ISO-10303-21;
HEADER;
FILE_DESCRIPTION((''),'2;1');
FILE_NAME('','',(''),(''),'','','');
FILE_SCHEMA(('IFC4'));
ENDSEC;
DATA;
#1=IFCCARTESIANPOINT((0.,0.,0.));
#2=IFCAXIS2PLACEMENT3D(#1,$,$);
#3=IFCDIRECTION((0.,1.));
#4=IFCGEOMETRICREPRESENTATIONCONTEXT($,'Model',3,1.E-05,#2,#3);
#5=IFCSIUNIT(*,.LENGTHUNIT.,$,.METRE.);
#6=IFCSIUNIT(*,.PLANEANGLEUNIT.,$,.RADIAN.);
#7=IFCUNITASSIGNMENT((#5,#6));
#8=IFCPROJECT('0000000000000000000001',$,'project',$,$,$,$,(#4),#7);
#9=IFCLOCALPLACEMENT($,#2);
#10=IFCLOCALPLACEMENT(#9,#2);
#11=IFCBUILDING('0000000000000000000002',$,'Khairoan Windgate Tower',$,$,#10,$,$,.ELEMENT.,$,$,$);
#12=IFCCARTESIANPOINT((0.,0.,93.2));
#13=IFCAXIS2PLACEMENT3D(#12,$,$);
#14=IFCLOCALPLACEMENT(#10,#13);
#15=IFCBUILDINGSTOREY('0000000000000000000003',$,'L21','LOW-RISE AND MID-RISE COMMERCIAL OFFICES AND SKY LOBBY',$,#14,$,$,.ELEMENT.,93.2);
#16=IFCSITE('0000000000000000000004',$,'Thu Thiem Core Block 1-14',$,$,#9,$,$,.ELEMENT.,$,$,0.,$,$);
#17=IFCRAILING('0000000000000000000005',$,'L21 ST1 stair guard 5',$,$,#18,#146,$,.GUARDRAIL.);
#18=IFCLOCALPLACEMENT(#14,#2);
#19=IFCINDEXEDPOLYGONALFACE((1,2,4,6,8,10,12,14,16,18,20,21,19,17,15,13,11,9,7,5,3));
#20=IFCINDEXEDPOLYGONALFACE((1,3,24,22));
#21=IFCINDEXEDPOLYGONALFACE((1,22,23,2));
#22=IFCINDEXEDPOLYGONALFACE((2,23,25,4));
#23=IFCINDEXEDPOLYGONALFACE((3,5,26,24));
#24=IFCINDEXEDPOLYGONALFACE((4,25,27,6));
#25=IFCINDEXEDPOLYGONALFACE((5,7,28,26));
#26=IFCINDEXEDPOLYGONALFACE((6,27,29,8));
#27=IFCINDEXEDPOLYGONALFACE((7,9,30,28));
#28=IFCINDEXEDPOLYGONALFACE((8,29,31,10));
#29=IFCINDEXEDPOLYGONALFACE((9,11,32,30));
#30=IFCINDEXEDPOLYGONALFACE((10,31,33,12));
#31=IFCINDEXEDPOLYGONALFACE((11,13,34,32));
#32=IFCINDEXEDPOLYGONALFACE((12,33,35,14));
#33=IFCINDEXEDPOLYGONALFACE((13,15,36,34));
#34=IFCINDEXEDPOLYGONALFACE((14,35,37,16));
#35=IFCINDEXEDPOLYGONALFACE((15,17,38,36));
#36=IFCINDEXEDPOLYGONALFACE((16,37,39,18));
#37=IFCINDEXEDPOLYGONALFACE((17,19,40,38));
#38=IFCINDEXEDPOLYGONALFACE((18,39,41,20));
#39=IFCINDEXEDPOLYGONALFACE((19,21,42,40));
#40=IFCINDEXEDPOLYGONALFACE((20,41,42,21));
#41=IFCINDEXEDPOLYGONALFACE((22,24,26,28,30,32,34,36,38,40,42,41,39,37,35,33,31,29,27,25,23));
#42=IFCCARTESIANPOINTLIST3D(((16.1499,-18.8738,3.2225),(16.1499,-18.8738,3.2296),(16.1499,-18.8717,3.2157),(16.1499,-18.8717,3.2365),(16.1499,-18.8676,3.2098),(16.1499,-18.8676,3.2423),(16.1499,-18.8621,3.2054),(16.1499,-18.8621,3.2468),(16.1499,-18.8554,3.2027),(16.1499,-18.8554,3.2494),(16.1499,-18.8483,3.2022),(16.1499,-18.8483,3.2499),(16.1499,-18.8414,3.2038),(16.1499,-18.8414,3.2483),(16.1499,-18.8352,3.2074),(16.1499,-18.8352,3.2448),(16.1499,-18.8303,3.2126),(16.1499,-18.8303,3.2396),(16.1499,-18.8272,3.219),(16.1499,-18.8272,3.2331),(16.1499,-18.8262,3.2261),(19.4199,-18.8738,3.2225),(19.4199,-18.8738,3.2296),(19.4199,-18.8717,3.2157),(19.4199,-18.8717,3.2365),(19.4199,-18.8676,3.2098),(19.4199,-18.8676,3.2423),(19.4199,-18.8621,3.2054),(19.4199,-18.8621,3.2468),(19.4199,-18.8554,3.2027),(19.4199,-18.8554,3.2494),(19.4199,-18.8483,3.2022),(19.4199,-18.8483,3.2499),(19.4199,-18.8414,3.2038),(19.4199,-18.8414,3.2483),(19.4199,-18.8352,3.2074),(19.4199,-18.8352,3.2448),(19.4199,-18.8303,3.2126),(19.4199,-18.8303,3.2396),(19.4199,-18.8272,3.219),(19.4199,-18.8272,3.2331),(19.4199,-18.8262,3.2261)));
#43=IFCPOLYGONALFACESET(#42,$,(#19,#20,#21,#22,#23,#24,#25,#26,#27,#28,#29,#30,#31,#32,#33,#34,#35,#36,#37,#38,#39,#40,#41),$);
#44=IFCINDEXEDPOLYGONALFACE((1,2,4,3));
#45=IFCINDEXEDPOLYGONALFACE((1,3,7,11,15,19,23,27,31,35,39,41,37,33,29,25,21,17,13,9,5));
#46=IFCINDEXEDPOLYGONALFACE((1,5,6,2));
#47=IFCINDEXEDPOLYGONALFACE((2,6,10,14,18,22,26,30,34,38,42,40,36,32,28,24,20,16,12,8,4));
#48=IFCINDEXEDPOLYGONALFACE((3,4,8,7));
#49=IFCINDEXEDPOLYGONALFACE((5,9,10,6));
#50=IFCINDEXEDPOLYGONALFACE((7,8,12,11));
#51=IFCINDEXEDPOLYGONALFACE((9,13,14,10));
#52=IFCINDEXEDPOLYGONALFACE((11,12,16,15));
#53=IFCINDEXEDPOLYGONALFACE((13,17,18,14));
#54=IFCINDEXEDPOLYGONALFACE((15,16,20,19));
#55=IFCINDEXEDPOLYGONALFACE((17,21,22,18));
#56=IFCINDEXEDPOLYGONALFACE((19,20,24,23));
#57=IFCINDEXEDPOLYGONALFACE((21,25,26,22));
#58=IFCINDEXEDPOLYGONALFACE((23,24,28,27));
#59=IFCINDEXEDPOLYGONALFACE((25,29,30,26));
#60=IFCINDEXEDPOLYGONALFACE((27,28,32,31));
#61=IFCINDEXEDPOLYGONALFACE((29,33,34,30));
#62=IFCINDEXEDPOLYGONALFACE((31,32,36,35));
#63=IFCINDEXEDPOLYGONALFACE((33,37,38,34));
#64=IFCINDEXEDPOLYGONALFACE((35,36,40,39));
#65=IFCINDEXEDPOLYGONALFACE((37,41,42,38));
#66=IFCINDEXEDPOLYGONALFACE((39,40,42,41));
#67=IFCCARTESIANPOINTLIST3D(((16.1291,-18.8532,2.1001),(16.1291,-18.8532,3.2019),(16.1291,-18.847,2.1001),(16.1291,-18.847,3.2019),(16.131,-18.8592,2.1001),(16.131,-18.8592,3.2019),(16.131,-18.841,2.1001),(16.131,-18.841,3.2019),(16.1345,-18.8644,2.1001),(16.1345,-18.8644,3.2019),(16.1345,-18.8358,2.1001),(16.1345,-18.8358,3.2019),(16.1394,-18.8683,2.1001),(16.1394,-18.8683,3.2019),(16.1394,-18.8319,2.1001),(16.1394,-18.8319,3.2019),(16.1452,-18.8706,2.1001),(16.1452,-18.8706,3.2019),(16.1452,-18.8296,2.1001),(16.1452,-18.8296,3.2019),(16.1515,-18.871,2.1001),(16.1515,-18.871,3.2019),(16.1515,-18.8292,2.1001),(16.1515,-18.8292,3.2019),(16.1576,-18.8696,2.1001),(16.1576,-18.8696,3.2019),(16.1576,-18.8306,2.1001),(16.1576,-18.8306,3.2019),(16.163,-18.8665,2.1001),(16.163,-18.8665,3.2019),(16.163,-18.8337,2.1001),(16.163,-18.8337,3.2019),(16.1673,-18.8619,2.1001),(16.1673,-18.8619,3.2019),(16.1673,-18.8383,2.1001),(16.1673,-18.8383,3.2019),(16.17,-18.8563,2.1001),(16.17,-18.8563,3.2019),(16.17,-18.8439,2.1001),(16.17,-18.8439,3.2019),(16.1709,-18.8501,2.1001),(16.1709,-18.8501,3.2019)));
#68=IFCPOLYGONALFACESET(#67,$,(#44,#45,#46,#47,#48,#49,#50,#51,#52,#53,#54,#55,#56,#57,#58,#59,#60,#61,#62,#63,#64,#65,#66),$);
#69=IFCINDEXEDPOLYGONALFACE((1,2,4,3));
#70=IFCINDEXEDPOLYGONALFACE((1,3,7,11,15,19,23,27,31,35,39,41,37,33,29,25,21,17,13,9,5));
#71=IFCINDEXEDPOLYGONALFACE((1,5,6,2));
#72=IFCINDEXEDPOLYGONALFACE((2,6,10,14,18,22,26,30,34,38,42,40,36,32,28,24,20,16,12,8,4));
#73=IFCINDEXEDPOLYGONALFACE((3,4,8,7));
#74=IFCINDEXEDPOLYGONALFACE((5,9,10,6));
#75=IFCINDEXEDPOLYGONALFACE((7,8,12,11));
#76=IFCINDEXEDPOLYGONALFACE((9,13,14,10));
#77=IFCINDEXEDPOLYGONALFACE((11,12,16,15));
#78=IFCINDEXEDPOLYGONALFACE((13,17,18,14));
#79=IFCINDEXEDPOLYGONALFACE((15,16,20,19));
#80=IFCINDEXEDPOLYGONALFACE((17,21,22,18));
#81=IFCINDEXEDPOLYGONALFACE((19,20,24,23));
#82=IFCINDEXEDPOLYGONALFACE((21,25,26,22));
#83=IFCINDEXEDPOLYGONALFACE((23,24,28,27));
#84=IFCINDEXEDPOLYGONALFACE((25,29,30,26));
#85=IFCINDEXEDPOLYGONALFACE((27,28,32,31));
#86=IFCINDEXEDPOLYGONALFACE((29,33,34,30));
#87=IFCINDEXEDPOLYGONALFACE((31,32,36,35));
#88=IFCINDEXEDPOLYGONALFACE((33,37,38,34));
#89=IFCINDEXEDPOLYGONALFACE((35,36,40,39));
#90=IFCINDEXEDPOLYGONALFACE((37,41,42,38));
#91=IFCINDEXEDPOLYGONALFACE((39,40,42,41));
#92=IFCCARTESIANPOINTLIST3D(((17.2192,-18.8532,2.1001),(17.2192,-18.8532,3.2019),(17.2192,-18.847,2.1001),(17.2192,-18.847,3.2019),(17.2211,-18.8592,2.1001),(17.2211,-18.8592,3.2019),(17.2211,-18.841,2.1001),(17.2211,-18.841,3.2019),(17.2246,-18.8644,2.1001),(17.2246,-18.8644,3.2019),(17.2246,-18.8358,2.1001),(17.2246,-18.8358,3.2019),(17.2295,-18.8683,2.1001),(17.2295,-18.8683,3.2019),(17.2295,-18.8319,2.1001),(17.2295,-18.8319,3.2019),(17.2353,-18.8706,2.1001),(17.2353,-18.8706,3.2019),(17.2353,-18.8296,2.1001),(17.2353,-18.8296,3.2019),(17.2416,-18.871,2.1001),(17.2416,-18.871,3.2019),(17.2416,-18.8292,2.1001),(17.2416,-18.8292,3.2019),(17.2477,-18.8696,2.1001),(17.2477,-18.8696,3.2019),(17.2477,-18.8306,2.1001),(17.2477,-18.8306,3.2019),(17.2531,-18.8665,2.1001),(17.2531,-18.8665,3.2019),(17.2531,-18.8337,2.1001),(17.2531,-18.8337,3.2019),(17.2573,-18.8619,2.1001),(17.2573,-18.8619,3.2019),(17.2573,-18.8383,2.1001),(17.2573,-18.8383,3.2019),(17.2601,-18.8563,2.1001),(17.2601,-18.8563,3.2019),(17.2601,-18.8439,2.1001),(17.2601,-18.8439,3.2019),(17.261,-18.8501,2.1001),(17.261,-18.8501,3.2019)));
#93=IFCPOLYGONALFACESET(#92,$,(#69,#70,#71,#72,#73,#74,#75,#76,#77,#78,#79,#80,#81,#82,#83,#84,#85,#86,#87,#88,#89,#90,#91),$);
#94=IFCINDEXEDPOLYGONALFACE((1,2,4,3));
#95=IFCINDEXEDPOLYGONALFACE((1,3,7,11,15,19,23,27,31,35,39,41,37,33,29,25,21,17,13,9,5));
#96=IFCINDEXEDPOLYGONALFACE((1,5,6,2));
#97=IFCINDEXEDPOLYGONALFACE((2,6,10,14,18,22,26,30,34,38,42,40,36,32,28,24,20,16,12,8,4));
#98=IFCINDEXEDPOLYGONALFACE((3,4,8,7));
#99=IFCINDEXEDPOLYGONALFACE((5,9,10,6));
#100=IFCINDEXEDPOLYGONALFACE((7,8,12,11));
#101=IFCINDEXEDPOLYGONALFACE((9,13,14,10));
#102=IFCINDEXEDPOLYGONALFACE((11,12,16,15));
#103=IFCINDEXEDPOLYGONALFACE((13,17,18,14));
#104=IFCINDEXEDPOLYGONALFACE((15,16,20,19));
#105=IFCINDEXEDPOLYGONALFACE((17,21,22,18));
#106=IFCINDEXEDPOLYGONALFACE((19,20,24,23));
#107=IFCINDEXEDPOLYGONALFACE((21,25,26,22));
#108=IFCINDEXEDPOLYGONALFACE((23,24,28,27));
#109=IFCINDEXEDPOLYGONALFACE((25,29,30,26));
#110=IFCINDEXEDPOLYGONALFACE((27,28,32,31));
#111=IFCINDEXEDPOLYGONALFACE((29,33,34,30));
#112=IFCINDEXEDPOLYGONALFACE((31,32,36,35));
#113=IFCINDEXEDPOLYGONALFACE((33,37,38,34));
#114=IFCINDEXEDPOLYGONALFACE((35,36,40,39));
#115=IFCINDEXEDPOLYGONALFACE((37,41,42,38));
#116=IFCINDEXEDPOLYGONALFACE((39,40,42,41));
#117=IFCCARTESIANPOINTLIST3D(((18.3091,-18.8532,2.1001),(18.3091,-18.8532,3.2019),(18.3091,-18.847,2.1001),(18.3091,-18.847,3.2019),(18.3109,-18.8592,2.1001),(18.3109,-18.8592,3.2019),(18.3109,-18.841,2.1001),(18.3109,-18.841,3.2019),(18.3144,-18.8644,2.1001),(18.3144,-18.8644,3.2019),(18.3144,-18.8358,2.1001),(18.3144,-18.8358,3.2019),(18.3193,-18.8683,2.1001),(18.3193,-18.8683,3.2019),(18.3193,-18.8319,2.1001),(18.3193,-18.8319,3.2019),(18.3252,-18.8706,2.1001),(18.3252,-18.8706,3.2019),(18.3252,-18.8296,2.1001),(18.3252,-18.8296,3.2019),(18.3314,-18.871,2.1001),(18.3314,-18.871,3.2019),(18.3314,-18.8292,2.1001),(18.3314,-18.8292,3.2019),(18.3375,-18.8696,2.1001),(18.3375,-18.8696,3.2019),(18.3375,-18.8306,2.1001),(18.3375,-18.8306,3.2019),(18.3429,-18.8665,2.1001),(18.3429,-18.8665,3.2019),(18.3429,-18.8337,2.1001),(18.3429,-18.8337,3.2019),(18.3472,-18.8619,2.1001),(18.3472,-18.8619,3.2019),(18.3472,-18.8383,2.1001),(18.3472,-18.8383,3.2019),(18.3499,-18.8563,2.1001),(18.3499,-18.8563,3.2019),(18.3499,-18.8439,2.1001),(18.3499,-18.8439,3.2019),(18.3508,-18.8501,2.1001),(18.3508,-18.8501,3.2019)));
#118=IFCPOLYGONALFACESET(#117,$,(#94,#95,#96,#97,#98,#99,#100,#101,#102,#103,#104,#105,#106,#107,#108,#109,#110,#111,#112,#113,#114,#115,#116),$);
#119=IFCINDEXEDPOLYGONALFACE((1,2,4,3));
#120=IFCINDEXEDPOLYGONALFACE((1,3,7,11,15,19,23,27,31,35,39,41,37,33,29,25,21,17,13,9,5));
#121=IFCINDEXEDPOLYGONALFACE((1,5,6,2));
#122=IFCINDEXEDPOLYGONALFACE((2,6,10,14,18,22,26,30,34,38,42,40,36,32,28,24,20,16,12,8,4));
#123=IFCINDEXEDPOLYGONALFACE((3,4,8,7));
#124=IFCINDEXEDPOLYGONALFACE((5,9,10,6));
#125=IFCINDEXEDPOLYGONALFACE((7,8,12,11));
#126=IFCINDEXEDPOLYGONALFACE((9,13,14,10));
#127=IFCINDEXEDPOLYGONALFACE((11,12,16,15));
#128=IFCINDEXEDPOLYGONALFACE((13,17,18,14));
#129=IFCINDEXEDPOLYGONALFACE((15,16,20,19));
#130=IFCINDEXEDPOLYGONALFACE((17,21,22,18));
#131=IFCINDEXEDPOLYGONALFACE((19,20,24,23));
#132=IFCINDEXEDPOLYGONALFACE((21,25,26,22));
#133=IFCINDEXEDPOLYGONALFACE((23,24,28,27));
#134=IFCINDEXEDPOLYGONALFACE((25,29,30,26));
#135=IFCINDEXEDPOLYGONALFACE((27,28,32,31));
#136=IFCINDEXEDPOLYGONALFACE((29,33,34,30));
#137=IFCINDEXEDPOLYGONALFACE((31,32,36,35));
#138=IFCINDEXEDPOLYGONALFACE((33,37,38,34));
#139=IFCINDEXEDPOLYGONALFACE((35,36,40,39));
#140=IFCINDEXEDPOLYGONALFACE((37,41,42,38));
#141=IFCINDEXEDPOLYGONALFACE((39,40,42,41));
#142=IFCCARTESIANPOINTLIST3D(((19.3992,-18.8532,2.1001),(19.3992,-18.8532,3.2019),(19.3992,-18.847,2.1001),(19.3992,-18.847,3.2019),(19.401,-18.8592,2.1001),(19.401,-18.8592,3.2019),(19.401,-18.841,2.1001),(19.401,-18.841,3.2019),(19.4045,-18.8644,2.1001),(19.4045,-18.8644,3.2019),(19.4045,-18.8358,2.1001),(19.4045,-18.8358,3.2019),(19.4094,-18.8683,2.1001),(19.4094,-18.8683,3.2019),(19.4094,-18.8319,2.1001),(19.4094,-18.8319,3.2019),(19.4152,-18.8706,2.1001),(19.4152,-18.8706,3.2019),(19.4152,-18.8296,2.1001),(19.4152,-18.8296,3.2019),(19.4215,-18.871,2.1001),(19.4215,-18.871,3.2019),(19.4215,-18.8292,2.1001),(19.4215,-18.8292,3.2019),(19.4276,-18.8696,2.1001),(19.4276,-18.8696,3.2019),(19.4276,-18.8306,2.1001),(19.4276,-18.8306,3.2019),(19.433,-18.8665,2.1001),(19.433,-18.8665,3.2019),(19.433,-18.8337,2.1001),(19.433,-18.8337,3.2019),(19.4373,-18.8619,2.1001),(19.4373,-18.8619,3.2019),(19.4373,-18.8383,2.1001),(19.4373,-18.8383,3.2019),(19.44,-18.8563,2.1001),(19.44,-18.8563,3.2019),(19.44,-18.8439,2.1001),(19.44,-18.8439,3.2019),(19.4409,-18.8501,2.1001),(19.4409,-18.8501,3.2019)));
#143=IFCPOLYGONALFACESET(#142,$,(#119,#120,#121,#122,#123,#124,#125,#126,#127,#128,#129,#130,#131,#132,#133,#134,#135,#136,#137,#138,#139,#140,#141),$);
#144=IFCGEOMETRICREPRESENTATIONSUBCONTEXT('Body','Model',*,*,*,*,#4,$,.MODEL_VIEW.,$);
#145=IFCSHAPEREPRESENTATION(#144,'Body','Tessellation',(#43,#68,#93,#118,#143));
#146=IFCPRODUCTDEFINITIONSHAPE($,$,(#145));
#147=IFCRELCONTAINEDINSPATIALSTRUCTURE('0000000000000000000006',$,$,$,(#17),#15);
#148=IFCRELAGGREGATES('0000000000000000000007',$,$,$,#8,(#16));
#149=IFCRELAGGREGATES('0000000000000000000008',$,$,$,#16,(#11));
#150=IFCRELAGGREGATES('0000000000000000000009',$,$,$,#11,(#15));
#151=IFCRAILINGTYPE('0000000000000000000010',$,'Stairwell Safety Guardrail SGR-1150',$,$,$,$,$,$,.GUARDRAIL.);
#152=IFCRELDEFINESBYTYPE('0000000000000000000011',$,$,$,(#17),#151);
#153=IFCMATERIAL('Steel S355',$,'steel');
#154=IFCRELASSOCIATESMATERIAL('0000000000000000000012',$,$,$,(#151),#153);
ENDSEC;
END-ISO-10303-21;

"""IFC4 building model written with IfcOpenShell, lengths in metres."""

from ifc_helpers import new_model, si_unit, direction, frame, origin, origin_2d, place, context, subcontext, project, spatial, circle, extrude, material, type_object, element, save


model = new_model("IFC4")

# Units and contexts
model_context = context("Model", 3, precision=1e-05, world=origin(), true_north=direction((0.0, 1.0)))
body_context = subcontext(model_context, "Body", "Model", "MODEL_VIEW")
ifc_project = project(units=[si_unit("LENGTHUNIT", "METRE"), si_unit("PLANEANGLEUNIT", "RADIAN")], contexts=[model_context])

# Site, building, storey
site_placement = place(None, origin())
site = spatial("IfcSite", under=ifc_project, at=site_placement, Name="Thu Thiem Core Block 1-14", CompositionType="ELEMENT", RefElevation=0.0)
building_placement = place(site_placement, origin())
building = spatial("IfcBuilding", under=site, at=building_placement, Name="Khairoan Windgate Tower", CompositionType="ELEMENT")
storey_placement = place(building_placement, frame((0.0, 0.0, 93.2)))
storey = spatial("IfcBuildingStorey", under=building, at=storey_placement, Name="L21", Description="LOW-RISE AND MID-RISE COMMERCIAL OFFICES AND SKY LOBBY", CompositionType="ELEMENT", Elevation=93.2)

# Railing
ifc_material_1 = material(Name="Steel S355", Category="steel")
railing_type = type_object("IfcRailingType", Name="Stairwell Safety Guardrail SGR-1150", PredefinedType="GUARDRAIL", material=ifc_material_1)
railing_1_placement = place(storey_placement, frame((16.1499, -18.8501, 2.1001)))
element("IfcRailing", 1, at=railing_1_placement, inside=storey, type_object=railing_type, Name="L21 ST1 stair guard 5", PredefinedType="GUARDRAIL", context=body_context, shape_type="SweptSolid", body=[
    extrude(circle(Radius=0.0239, at=origin_2d()), frame((0.0, 0.0, 1.126), z_axis=(1.0, 0.0, 0.0), x_axis=(0.0, 1.0, 0.0)), (0.0, 0.0, 1.0), 3.27),
    extrude(circle(Radius=0.021, at=origin_2d()), origin(), (0.0, 0.0, 1.0), 1.1018),
    extrude(circle(Radius=0.021, at=origin_2d()), frame((1.0901, 0.0, 0.0)), (0.0, 0.0, 1.0), 1.1018),
    extrude(circle(Radius=0.021, at=origin_2d()), frame((2.1799, 0.0, 0.0)), (0.0, 0.0, 1.0), 1.1018),
    extrude(circle(Radius=0.021, at=origin_2d()), frame((3.27, 0.0, 0.0)), (0.0, 0.0, 1.0), 1.1018),
])

save(model, "model.ifc")
